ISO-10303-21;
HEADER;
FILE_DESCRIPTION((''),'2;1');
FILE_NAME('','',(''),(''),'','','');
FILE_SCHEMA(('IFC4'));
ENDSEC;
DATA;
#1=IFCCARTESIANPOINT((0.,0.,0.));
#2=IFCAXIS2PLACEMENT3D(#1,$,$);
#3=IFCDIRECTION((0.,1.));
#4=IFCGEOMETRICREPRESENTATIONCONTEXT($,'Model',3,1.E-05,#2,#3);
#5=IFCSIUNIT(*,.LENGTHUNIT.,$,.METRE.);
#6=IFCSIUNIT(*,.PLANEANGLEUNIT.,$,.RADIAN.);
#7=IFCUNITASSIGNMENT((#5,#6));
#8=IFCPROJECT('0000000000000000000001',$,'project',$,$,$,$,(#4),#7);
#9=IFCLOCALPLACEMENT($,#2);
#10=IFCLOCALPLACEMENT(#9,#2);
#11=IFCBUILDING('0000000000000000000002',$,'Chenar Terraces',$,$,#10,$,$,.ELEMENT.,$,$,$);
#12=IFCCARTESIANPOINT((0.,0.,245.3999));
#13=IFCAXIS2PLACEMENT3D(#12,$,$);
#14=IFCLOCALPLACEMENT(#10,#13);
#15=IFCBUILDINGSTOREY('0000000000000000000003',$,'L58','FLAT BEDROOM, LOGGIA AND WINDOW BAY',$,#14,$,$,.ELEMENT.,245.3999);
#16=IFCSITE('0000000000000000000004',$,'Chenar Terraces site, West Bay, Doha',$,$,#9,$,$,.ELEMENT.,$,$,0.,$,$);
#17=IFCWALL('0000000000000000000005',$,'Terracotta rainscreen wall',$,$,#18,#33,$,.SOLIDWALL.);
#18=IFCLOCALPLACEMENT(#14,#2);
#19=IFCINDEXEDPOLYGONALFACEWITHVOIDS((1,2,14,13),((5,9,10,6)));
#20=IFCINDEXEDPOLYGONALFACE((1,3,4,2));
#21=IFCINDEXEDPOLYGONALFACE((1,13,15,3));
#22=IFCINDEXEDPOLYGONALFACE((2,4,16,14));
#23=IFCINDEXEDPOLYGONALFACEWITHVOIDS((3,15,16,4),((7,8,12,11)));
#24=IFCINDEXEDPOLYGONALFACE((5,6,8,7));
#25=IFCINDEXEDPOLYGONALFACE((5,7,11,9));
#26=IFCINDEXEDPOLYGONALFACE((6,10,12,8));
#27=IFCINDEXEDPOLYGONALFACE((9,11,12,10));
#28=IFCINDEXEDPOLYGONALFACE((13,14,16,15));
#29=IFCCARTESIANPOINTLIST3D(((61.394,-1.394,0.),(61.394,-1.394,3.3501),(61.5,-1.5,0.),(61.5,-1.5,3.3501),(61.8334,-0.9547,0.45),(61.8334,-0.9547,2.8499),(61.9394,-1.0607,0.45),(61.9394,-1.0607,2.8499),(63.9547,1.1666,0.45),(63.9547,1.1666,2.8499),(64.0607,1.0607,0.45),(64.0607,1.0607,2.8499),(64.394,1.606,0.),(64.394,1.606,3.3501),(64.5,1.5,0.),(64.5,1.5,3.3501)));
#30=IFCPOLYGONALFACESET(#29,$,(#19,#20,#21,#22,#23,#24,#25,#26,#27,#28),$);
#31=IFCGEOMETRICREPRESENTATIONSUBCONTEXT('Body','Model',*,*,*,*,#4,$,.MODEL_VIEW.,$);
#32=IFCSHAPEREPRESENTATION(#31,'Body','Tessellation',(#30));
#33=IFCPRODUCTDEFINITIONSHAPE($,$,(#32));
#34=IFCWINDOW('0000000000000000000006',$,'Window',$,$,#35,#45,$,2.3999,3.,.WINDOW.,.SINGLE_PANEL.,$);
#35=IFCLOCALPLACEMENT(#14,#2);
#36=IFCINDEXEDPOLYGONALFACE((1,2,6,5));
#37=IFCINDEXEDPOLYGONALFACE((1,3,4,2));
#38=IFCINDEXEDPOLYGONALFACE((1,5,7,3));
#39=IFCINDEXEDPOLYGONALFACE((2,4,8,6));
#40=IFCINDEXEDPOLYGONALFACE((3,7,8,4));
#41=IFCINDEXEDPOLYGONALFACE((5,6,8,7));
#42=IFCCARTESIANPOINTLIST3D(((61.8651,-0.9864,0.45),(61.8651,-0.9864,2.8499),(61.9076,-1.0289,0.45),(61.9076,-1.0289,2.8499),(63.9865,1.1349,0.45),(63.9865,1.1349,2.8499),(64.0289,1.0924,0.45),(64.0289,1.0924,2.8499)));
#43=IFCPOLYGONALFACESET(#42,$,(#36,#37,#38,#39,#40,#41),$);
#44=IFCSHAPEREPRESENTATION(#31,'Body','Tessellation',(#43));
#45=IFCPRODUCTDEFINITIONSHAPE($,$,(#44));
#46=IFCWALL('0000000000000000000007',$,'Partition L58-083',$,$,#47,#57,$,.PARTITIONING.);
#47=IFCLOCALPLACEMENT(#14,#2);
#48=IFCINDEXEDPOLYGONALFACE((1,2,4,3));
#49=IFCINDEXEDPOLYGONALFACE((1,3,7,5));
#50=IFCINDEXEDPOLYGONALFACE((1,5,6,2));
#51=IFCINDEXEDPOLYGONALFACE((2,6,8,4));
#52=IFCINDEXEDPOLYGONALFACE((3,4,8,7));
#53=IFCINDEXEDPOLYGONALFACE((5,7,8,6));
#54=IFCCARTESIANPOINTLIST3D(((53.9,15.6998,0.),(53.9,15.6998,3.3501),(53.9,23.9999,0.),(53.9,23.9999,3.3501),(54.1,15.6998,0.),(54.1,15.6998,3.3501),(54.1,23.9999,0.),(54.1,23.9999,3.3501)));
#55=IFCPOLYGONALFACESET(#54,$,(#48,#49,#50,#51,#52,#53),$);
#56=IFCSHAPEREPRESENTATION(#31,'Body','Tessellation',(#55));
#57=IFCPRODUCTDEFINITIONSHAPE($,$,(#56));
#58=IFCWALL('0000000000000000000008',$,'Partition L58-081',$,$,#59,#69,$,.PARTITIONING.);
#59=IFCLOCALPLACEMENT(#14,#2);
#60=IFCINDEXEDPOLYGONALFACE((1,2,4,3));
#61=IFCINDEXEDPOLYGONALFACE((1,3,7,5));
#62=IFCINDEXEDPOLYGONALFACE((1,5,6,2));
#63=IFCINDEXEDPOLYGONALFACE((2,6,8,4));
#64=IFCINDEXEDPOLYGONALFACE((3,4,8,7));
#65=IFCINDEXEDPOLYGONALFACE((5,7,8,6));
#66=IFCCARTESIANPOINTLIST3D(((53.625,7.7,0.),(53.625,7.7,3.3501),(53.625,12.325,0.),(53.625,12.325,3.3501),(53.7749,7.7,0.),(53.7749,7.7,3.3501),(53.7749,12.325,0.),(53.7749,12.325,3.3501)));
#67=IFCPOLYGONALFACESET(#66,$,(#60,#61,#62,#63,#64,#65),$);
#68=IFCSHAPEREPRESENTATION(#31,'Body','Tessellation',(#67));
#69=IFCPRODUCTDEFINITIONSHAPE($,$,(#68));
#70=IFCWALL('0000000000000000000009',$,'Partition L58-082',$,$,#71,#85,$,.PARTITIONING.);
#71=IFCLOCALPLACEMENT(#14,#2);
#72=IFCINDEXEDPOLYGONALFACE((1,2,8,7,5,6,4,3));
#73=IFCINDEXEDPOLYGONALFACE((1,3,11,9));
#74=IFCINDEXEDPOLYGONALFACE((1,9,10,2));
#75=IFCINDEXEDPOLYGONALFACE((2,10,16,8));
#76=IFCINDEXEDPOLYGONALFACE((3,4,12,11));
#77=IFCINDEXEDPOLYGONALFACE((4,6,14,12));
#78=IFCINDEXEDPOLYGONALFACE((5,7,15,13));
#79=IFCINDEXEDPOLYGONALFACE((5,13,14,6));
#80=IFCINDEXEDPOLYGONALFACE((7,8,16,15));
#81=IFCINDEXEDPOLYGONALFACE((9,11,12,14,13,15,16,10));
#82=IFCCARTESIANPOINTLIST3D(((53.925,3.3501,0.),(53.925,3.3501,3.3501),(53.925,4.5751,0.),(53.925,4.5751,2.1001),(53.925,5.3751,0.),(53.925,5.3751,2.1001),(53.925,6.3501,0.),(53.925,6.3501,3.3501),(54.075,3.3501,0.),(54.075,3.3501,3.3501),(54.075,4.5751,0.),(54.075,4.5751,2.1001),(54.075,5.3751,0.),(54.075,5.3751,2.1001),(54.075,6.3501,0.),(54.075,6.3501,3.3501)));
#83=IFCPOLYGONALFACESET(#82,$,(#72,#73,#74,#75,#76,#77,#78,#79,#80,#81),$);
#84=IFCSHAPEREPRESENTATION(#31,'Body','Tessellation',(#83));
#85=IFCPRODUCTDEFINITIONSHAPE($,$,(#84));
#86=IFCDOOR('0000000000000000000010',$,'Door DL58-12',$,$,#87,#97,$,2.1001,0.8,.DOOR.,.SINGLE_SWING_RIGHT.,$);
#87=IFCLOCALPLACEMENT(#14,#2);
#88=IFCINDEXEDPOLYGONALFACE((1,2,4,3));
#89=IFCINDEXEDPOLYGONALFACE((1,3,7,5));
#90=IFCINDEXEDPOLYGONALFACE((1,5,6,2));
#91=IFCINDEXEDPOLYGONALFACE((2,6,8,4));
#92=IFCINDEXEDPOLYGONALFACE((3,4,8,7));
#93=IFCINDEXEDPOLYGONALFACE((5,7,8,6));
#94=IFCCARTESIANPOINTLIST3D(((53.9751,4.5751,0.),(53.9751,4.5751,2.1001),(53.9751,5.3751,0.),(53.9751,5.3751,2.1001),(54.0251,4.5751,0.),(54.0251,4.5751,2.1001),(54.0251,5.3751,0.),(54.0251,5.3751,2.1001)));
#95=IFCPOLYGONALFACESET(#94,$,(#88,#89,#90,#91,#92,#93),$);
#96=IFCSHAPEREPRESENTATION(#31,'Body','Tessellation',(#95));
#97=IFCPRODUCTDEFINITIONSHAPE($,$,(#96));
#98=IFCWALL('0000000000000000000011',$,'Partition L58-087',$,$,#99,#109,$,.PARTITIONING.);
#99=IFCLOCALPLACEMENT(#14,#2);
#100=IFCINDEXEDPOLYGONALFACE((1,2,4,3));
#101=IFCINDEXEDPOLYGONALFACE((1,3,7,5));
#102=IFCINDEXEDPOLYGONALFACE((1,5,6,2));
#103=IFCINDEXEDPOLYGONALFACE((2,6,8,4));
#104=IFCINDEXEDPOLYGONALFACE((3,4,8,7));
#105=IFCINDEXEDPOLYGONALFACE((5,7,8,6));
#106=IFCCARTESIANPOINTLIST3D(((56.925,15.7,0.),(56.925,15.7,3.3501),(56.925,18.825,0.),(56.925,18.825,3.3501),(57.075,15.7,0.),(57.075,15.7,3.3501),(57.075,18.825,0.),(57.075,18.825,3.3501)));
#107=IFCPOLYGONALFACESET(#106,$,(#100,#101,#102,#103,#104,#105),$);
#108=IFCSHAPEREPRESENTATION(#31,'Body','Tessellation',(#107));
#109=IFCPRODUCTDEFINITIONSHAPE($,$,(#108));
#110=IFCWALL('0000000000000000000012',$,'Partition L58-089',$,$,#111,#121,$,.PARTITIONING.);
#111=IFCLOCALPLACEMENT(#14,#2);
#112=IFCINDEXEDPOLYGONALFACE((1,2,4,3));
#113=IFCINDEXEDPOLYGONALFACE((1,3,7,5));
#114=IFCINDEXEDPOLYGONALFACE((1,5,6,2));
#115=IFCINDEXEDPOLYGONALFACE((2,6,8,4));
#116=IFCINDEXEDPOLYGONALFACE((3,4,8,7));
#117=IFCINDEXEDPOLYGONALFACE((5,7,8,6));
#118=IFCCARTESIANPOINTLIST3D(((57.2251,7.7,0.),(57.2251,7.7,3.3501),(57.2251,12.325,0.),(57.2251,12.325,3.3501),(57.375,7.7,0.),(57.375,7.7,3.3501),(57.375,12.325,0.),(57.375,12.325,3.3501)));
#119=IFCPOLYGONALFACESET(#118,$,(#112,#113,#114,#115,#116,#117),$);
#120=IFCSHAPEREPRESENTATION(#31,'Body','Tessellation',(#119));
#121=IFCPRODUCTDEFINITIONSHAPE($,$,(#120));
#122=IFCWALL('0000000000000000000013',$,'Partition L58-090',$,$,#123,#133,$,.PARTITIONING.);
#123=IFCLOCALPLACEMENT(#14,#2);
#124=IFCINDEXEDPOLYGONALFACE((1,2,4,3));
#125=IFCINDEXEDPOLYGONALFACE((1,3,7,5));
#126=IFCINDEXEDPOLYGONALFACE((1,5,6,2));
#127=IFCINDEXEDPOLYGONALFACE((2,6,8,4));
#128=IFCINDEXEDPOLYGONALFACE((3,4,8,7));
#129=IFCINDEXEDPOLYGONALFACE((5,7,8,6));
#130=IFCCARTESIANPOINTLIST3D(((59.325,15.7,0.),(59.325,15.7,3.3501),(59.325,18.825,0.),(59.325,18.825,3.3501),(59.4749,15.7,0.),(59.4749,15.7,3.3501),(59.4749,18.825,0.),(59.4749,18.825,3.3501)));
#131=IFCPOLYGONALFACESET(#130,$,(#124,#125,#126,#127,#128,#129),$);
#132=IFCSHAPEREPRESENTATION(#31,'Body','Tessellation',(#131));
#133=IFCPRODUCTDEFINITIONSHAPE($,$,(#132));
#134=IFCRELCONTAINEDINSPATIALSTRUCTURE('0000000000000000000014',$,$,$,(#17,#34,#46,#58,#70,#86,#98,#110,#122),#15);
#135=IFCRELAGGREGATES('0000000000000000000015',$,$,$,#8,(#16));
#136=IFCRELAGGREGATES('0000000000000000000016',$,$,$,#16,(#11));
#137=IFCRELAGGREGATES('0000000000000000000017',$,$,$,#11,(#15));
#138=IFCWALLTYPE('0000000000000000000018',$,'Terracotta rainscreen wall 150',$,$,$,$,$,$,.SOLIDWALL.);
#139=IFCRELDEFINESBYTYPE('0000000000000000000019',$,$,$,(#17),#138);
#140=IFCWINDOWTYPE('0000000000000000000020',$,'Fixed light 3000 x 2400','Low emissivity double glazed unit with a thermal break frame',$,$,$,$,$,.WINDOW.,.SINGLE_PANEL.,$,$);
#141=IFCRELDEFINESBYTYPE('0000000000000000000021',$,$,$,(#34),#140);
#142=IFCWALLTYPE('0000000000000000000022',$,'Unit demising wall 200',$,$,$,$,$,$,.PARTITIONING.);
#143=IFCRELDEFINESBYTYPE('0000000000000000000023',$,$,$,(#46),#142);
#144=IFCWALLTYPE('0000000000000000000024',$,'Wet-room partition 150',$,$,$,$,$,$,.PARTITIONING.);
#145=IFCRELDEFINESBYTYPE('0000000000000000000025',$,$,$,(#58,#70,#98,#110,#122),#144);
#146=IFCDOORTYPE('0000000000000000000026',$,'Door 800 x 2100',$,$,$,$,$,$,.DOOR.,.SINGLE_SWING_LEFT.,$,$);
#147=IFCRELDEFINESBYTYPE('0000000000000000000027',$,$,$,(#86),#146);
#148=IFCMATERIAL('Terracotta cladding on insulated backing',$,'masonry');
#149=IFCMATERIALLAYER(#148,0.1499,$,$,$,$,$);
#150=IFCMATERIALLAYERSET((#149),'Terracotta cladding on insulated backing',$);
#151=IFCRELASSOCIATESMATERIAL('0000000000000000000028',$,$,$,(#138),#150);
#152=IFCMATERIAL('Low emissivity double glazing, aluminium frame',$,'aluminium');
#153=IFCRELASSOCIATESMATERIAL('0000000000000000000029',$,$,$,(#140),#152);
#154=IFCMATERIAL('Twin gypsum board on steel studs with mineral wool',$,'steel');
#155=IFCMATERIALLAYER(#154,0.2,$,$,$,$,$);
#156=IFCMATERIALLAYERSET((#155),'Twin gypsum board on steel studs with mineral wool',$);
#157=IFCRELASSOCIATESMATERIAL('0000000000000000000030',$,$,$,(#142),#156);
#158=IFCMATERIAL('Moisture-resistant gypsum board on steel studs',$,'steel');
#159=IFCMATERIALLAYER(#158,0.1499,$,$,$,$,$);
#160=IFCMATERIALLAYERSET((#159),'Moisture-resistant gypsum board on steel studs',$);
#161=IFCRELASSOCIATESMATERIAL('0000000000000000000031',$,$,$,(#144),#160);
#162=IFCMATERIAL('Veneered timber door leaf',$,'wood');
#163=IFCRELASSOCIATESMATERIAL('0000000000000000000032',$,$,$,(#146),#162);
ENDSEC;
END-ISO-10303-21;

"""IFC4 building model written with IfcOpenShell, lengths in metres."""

from ifc_helpers import new_model, si_unit, direction, frame, frame_2d, origin, place, context, subcontext, project, spatial, rectangle, extrude, material, layer, layer_set, type_object, element, fill, save


model = new_model("IFC4")

# Units and contexts
model_context = context("Model", 3, precision=1e-05, world=origin(), true_north=direction((0.0, 1.0)))
body_context = subcontext(model_context, "Body", "Model", "MODEL_VIEW")
ifc_project = project(units=[si_unit("LENGTHUNIT", "METRE"), si_unit("PLANEANGLEUNIT", "RADIAN")], contexts=[model_context])

# Site, building, storey
site_placement = place(None, origin())
site = spatial("IfcSite", under=ifc_project, at=site_placement, Name="Chenar Terraces site, West Bay, Doha", CompositionType="ELEMENT", RefElevation=0.0)
building_placement = place(site_placement, origin())
building = spatial("IfcBuilding", under=site, at=building_placement, Name="Chenar Terraces", CompositionType="ELEMENT")
storey_placement = place(building_placement, frame((0.0, 0.0, 245.3999)))
storey = spatial("IfcBuildingStorey", under=building, at=storey_placement, Name="L58", Description="FLAT BEDROOM, LOGGIA AND WINDOW BAY", CompositionType="ELEMENT", Elevation=245.3999)

# Wall, opening, window
ifc_material_1 = material(Name="Terracotta cladding on insulated backing", Category="masonry")
ifc_layer_1 = layer(ifc_material_1, 0.1499)
ifc_layer_set_1 = layer_set([ifc_layer_1], Name="Terracotta cladding on insulated backing")
wall_type_1 = type_object("IfcWallType", Name="Terracotta rainscreen wall 150", PredefinedType="SOLIDWALL", material=ifc_layer_set_1)
wall_1_placement = place(storey_placement, frame((61.447, -1.447, 0.0), z_axis=(0.0, 0.0, 1.0), x_axis=(0.707107, 0.707107, 0.0)))
wall_1 = element("IfcWall", 1, at=wall_1_placement, inside=storey, type_object=wall_type_1, Name="Terracotta rainscreen wall", PredefinedType="SOLIDWALL", context=body_context, shape_type="SweptSolid", body=[
    extrude(rectangle(XDim=4.2427, YDim=0.1499, at=frame_2d((2.1213, 0.0))), origin(), (0.0, 0.0, 1.0), 3.3501),
])
opening_1_placement = place(wall_1_placement, frame((0.6213, 0.0, 0.45)))
opening_1 = element("IfcOpeningElement", 2, at=opening_1_placement, cuts=wall_1, PredefinedType="OPENING", context=body_context, shape_type="SweptSolid", body=[
    extrude(rectangle(XDim=3.0, YDim=2.3999, at=frame_2d((1.5, 1.2))), frame((0.0, 0.085, 0.0), z_axis=(0.0, -1.0, 0.0), x_axis=(1.0, 0.0, 0.0)), (0.0, 0.0, 1.0), 0.1699),
])
ifc_material_2 = material(Name="Low emissivity double glazing, aluminium frame", Category="aluminium")
window_type_1 = type_object("IfcWindowType", Name="Fixed light 3000 x 2400", Description="Low emissivity double glazed unit with a thermal break frame", PartitioningType="SINGLE_PANEL", PredefinedType="WINDOW", material=ifc_material_2)
window_1_placement = place(opening_1_placement, origin())
window_1 = element("IfcWindow", 3, at=window_1_placement, inside=storey, type_object=window_type_1, Name="Window", OverallHeight=2.3999, OverallWidth=3.0, PartitioningType="SINGLE_PANEL", PredefinedType="WINDOW", context=body_context, shape_type="SweptSolid", body=[
    extrude(rectangle(XDim=3.0, YDim=2.3999, at=frame_2d((1.5, 1.2))), frame((0.0, 0.03, 0.0), z_axis=(0.0, -1.0, 0.0), x_axis=(1.0, 0.0, 0.0)), (0.0, 0.0, 1.0), 0.0601),
])
fill(opening_1, window_1)

# Walls
ifc_material_3 = material(Name="Twin gypsum board on steel studs with mineral wool", Category="steel")
ifc_layer_2 = layer(ifc_material_3, 0.2)
ifc_layer_set_2 = layer_set([ifc_layer_2], Name="Twin gypsum board on steel studs with mineral wool")
wall_type_2 = type_object("IfcWallType", Name="Unit demising wall 200", PredefinedType="PARTITIONING", material=ifc_layer_set_2)
wall_2_placement = place(storey_placement, frame((54.0, 15.7, 0.0), z_axis=(0.0, 0.0, 1.0), x_axis=(0.0, 1.0, 0.0)))
element("IfcWall", 4, at=wall_2_placement, inside=storey, type_object=wall_type_2, Name="Partition L58-083", PredefinedType="PARTITIONING", context=body_context, shape_type="SweptSolid", body=[
    extrude(rectangle(XDim=8.3, YDim=0.2, at=frame_2d((4.1499, 0.0))), origin(), (0.0, 0.0, 1.0), 3.3501),
])
ifc_material_4 = material(Name="Moisture-resistant gypsum board on steel studs", Category="steel")
ifc_layer_3 = layer(ifc_material_4, 0.1499)
ifc_layer_set_3 = layer_set([ifc_layer_3], Name="Moisture-resistant gypsum board on steel studs")
wall_type_3 = type_object("IfcWallType", Name="Wet-room partition 150", PredefinedType="PARTITIONING", material=ifc_layer_set_3)
wall_3_placement = place(storey_placement, frame((53.7, 7.7, 0.0), z_axis=(0.0, 0.0, 1.0), x_axis=(0.0, 1.0, 0.0)))
element("IfcWall", 5, at=wall_3_placement, inside=storey, type_object=wall_type_3, Name="Partition L58-081", PredefinedType="PARTITIONING", context=body_context, shape_type="SweptSolid", body=[
    extrude(rectangle(XDim=4.625, YDim=0.1499, at=frame_2d((2.3125, 0.0))), origin(), (0.0, 0.0, 1.0), 3.3501),
])

# Wall, opening, door
wall_4_placement = place(storey_placement, frame((54.0, 3.3501, 0.0), z_axis=(0.0, 0.0, 1.0), x_axis=(0.0, 1.0, 0.0)))
wall_4 = element("IfcWall", 6, at=wall_4_placement, inside=storey, type_object=wall_type_3, Name="Partition L58-082", PredefinedType="PARTITIONING", context=body_context, shape_type="SweptSolid", body=[
    extrude(rectangle(XDim=3.0, YDim=0.1499, at=frame_2d((1.5, 0.0))), origin(), (0.0, 0.0, 1.0), 3.3501),
])
opening_2_placement = place(wall_4_placement, frame((1.2251, 0.0, 0.0)))
opening_2 = element("IfcOpeningElement", 7, at=opening_2_placement, cuts=wall_4, PredefinedType="OPENING", context=body_context, shape_type="SweptSolid", body=[
    extrude(rectangle(XDim=0.8, YDim=2.1001, at=frame_2d((0.3999, 1.05))), frame((0.0, 0.085, 0.0), z_axis=(0.0, -1.0, 0.0), x_axis=(1.0, 0.0, 0.0)), (0.0, 0.0, 1.0), 0.1699),
])
ifc_material_5 = material(Name="Veneered timber door leaf", Category="wood")
door_type_1 = type_object("IfcDoorType", Name="Door 800 x 2100", OperationType="SINGLE_SWING_LEFT", PredefinedType="DOOR", material=ifc_material_5)
door_1_placement = place(opening_2_placement, origin())
door_1 = element("IfcDoor", 8, at=door_1_placement, inside=storey, type_object=door_type_1, Name="Door DL58-12", OperationType="SINGLE_SWING_RIGHT", OverallHeight=2.1001, OverallWidth=0.8, PredefinedType="DOOR", context=body_context, shape_type="SweptSolid", body=[
    extrude(rectangle(XDim=0.8, YDim=2.1001, at=frame_2d((0.3999, 1.05))), frame((0.0, 0.0249, 0.0), z_axis=(0.0, -1.0, 0.0), x_axis=(1.0, 0.0, 0.0)), (0.0, 0.0, 1.0), 0.05),
])
fill(opening_2, door_1)

# Walls
wall_5_placement = place(storey_placement, frame((57.0, 15.7, 0.0), z_axis=(0.0, 0.0, 1.0), x_axis=(0.0, 1.0, 0.0)))
element("IfcWall", 9, at=wall_5_placement, inside=storey, type_object=wall_type_3, Name="Partition L58-087", PredefinedType="PARTITIONING", context=body_context, shape_type="SweptSolid", body=[
    extrude(rectangle(XDim=3.125, YDim=0.1499, at=frame_2d((1.5625, 0.0))), origin(), (0.0, 0.0, 1.0), 3.3501),
])
wall_6_placement = place(storey_placement, frame((57.3, 7.7, 0.0), z_axis=(0.0, 0.0, 1.0), x_axis=(0.0, 1.0, 0.0)))
element("IfcWall", 10, at=wall_6_placement, inside=storey, type_object=wall_type_3, Name="Partition L58-089", PredefinedType="PARTITIONING", context=body_context, shape_type="SweptSolid", body=[
    extrude(rectangle(XDim=4.625, YDim=0.1499, at=frame_2d((2.3125, 0.0))), origin(), (0.0, 0.0, 1.0), 3.3501),
])
wall_7_placement = place(storey_placement, frame((59.3999, 15.7, 0.0), z_axis=(0.0, 0.0, 1.0), x_axis=(0.0, 1.0, 0.0)))
element("IfcWall", 11, at=wall_7_placement, inside=storey, type_object=wall_type_3, Name="Partition L58-090", PredefinedType="PARTITIONING", context=body_context, shape_type="SweptSolid", body=[
    extrude(rectangle(XDim=3.125, YDim=0.1499, at=frame_2d((1.5625, 0.0))), origin(), (0.0, 0.0, 1.0), 3.3501),
])

save(model, "model.ifc")
